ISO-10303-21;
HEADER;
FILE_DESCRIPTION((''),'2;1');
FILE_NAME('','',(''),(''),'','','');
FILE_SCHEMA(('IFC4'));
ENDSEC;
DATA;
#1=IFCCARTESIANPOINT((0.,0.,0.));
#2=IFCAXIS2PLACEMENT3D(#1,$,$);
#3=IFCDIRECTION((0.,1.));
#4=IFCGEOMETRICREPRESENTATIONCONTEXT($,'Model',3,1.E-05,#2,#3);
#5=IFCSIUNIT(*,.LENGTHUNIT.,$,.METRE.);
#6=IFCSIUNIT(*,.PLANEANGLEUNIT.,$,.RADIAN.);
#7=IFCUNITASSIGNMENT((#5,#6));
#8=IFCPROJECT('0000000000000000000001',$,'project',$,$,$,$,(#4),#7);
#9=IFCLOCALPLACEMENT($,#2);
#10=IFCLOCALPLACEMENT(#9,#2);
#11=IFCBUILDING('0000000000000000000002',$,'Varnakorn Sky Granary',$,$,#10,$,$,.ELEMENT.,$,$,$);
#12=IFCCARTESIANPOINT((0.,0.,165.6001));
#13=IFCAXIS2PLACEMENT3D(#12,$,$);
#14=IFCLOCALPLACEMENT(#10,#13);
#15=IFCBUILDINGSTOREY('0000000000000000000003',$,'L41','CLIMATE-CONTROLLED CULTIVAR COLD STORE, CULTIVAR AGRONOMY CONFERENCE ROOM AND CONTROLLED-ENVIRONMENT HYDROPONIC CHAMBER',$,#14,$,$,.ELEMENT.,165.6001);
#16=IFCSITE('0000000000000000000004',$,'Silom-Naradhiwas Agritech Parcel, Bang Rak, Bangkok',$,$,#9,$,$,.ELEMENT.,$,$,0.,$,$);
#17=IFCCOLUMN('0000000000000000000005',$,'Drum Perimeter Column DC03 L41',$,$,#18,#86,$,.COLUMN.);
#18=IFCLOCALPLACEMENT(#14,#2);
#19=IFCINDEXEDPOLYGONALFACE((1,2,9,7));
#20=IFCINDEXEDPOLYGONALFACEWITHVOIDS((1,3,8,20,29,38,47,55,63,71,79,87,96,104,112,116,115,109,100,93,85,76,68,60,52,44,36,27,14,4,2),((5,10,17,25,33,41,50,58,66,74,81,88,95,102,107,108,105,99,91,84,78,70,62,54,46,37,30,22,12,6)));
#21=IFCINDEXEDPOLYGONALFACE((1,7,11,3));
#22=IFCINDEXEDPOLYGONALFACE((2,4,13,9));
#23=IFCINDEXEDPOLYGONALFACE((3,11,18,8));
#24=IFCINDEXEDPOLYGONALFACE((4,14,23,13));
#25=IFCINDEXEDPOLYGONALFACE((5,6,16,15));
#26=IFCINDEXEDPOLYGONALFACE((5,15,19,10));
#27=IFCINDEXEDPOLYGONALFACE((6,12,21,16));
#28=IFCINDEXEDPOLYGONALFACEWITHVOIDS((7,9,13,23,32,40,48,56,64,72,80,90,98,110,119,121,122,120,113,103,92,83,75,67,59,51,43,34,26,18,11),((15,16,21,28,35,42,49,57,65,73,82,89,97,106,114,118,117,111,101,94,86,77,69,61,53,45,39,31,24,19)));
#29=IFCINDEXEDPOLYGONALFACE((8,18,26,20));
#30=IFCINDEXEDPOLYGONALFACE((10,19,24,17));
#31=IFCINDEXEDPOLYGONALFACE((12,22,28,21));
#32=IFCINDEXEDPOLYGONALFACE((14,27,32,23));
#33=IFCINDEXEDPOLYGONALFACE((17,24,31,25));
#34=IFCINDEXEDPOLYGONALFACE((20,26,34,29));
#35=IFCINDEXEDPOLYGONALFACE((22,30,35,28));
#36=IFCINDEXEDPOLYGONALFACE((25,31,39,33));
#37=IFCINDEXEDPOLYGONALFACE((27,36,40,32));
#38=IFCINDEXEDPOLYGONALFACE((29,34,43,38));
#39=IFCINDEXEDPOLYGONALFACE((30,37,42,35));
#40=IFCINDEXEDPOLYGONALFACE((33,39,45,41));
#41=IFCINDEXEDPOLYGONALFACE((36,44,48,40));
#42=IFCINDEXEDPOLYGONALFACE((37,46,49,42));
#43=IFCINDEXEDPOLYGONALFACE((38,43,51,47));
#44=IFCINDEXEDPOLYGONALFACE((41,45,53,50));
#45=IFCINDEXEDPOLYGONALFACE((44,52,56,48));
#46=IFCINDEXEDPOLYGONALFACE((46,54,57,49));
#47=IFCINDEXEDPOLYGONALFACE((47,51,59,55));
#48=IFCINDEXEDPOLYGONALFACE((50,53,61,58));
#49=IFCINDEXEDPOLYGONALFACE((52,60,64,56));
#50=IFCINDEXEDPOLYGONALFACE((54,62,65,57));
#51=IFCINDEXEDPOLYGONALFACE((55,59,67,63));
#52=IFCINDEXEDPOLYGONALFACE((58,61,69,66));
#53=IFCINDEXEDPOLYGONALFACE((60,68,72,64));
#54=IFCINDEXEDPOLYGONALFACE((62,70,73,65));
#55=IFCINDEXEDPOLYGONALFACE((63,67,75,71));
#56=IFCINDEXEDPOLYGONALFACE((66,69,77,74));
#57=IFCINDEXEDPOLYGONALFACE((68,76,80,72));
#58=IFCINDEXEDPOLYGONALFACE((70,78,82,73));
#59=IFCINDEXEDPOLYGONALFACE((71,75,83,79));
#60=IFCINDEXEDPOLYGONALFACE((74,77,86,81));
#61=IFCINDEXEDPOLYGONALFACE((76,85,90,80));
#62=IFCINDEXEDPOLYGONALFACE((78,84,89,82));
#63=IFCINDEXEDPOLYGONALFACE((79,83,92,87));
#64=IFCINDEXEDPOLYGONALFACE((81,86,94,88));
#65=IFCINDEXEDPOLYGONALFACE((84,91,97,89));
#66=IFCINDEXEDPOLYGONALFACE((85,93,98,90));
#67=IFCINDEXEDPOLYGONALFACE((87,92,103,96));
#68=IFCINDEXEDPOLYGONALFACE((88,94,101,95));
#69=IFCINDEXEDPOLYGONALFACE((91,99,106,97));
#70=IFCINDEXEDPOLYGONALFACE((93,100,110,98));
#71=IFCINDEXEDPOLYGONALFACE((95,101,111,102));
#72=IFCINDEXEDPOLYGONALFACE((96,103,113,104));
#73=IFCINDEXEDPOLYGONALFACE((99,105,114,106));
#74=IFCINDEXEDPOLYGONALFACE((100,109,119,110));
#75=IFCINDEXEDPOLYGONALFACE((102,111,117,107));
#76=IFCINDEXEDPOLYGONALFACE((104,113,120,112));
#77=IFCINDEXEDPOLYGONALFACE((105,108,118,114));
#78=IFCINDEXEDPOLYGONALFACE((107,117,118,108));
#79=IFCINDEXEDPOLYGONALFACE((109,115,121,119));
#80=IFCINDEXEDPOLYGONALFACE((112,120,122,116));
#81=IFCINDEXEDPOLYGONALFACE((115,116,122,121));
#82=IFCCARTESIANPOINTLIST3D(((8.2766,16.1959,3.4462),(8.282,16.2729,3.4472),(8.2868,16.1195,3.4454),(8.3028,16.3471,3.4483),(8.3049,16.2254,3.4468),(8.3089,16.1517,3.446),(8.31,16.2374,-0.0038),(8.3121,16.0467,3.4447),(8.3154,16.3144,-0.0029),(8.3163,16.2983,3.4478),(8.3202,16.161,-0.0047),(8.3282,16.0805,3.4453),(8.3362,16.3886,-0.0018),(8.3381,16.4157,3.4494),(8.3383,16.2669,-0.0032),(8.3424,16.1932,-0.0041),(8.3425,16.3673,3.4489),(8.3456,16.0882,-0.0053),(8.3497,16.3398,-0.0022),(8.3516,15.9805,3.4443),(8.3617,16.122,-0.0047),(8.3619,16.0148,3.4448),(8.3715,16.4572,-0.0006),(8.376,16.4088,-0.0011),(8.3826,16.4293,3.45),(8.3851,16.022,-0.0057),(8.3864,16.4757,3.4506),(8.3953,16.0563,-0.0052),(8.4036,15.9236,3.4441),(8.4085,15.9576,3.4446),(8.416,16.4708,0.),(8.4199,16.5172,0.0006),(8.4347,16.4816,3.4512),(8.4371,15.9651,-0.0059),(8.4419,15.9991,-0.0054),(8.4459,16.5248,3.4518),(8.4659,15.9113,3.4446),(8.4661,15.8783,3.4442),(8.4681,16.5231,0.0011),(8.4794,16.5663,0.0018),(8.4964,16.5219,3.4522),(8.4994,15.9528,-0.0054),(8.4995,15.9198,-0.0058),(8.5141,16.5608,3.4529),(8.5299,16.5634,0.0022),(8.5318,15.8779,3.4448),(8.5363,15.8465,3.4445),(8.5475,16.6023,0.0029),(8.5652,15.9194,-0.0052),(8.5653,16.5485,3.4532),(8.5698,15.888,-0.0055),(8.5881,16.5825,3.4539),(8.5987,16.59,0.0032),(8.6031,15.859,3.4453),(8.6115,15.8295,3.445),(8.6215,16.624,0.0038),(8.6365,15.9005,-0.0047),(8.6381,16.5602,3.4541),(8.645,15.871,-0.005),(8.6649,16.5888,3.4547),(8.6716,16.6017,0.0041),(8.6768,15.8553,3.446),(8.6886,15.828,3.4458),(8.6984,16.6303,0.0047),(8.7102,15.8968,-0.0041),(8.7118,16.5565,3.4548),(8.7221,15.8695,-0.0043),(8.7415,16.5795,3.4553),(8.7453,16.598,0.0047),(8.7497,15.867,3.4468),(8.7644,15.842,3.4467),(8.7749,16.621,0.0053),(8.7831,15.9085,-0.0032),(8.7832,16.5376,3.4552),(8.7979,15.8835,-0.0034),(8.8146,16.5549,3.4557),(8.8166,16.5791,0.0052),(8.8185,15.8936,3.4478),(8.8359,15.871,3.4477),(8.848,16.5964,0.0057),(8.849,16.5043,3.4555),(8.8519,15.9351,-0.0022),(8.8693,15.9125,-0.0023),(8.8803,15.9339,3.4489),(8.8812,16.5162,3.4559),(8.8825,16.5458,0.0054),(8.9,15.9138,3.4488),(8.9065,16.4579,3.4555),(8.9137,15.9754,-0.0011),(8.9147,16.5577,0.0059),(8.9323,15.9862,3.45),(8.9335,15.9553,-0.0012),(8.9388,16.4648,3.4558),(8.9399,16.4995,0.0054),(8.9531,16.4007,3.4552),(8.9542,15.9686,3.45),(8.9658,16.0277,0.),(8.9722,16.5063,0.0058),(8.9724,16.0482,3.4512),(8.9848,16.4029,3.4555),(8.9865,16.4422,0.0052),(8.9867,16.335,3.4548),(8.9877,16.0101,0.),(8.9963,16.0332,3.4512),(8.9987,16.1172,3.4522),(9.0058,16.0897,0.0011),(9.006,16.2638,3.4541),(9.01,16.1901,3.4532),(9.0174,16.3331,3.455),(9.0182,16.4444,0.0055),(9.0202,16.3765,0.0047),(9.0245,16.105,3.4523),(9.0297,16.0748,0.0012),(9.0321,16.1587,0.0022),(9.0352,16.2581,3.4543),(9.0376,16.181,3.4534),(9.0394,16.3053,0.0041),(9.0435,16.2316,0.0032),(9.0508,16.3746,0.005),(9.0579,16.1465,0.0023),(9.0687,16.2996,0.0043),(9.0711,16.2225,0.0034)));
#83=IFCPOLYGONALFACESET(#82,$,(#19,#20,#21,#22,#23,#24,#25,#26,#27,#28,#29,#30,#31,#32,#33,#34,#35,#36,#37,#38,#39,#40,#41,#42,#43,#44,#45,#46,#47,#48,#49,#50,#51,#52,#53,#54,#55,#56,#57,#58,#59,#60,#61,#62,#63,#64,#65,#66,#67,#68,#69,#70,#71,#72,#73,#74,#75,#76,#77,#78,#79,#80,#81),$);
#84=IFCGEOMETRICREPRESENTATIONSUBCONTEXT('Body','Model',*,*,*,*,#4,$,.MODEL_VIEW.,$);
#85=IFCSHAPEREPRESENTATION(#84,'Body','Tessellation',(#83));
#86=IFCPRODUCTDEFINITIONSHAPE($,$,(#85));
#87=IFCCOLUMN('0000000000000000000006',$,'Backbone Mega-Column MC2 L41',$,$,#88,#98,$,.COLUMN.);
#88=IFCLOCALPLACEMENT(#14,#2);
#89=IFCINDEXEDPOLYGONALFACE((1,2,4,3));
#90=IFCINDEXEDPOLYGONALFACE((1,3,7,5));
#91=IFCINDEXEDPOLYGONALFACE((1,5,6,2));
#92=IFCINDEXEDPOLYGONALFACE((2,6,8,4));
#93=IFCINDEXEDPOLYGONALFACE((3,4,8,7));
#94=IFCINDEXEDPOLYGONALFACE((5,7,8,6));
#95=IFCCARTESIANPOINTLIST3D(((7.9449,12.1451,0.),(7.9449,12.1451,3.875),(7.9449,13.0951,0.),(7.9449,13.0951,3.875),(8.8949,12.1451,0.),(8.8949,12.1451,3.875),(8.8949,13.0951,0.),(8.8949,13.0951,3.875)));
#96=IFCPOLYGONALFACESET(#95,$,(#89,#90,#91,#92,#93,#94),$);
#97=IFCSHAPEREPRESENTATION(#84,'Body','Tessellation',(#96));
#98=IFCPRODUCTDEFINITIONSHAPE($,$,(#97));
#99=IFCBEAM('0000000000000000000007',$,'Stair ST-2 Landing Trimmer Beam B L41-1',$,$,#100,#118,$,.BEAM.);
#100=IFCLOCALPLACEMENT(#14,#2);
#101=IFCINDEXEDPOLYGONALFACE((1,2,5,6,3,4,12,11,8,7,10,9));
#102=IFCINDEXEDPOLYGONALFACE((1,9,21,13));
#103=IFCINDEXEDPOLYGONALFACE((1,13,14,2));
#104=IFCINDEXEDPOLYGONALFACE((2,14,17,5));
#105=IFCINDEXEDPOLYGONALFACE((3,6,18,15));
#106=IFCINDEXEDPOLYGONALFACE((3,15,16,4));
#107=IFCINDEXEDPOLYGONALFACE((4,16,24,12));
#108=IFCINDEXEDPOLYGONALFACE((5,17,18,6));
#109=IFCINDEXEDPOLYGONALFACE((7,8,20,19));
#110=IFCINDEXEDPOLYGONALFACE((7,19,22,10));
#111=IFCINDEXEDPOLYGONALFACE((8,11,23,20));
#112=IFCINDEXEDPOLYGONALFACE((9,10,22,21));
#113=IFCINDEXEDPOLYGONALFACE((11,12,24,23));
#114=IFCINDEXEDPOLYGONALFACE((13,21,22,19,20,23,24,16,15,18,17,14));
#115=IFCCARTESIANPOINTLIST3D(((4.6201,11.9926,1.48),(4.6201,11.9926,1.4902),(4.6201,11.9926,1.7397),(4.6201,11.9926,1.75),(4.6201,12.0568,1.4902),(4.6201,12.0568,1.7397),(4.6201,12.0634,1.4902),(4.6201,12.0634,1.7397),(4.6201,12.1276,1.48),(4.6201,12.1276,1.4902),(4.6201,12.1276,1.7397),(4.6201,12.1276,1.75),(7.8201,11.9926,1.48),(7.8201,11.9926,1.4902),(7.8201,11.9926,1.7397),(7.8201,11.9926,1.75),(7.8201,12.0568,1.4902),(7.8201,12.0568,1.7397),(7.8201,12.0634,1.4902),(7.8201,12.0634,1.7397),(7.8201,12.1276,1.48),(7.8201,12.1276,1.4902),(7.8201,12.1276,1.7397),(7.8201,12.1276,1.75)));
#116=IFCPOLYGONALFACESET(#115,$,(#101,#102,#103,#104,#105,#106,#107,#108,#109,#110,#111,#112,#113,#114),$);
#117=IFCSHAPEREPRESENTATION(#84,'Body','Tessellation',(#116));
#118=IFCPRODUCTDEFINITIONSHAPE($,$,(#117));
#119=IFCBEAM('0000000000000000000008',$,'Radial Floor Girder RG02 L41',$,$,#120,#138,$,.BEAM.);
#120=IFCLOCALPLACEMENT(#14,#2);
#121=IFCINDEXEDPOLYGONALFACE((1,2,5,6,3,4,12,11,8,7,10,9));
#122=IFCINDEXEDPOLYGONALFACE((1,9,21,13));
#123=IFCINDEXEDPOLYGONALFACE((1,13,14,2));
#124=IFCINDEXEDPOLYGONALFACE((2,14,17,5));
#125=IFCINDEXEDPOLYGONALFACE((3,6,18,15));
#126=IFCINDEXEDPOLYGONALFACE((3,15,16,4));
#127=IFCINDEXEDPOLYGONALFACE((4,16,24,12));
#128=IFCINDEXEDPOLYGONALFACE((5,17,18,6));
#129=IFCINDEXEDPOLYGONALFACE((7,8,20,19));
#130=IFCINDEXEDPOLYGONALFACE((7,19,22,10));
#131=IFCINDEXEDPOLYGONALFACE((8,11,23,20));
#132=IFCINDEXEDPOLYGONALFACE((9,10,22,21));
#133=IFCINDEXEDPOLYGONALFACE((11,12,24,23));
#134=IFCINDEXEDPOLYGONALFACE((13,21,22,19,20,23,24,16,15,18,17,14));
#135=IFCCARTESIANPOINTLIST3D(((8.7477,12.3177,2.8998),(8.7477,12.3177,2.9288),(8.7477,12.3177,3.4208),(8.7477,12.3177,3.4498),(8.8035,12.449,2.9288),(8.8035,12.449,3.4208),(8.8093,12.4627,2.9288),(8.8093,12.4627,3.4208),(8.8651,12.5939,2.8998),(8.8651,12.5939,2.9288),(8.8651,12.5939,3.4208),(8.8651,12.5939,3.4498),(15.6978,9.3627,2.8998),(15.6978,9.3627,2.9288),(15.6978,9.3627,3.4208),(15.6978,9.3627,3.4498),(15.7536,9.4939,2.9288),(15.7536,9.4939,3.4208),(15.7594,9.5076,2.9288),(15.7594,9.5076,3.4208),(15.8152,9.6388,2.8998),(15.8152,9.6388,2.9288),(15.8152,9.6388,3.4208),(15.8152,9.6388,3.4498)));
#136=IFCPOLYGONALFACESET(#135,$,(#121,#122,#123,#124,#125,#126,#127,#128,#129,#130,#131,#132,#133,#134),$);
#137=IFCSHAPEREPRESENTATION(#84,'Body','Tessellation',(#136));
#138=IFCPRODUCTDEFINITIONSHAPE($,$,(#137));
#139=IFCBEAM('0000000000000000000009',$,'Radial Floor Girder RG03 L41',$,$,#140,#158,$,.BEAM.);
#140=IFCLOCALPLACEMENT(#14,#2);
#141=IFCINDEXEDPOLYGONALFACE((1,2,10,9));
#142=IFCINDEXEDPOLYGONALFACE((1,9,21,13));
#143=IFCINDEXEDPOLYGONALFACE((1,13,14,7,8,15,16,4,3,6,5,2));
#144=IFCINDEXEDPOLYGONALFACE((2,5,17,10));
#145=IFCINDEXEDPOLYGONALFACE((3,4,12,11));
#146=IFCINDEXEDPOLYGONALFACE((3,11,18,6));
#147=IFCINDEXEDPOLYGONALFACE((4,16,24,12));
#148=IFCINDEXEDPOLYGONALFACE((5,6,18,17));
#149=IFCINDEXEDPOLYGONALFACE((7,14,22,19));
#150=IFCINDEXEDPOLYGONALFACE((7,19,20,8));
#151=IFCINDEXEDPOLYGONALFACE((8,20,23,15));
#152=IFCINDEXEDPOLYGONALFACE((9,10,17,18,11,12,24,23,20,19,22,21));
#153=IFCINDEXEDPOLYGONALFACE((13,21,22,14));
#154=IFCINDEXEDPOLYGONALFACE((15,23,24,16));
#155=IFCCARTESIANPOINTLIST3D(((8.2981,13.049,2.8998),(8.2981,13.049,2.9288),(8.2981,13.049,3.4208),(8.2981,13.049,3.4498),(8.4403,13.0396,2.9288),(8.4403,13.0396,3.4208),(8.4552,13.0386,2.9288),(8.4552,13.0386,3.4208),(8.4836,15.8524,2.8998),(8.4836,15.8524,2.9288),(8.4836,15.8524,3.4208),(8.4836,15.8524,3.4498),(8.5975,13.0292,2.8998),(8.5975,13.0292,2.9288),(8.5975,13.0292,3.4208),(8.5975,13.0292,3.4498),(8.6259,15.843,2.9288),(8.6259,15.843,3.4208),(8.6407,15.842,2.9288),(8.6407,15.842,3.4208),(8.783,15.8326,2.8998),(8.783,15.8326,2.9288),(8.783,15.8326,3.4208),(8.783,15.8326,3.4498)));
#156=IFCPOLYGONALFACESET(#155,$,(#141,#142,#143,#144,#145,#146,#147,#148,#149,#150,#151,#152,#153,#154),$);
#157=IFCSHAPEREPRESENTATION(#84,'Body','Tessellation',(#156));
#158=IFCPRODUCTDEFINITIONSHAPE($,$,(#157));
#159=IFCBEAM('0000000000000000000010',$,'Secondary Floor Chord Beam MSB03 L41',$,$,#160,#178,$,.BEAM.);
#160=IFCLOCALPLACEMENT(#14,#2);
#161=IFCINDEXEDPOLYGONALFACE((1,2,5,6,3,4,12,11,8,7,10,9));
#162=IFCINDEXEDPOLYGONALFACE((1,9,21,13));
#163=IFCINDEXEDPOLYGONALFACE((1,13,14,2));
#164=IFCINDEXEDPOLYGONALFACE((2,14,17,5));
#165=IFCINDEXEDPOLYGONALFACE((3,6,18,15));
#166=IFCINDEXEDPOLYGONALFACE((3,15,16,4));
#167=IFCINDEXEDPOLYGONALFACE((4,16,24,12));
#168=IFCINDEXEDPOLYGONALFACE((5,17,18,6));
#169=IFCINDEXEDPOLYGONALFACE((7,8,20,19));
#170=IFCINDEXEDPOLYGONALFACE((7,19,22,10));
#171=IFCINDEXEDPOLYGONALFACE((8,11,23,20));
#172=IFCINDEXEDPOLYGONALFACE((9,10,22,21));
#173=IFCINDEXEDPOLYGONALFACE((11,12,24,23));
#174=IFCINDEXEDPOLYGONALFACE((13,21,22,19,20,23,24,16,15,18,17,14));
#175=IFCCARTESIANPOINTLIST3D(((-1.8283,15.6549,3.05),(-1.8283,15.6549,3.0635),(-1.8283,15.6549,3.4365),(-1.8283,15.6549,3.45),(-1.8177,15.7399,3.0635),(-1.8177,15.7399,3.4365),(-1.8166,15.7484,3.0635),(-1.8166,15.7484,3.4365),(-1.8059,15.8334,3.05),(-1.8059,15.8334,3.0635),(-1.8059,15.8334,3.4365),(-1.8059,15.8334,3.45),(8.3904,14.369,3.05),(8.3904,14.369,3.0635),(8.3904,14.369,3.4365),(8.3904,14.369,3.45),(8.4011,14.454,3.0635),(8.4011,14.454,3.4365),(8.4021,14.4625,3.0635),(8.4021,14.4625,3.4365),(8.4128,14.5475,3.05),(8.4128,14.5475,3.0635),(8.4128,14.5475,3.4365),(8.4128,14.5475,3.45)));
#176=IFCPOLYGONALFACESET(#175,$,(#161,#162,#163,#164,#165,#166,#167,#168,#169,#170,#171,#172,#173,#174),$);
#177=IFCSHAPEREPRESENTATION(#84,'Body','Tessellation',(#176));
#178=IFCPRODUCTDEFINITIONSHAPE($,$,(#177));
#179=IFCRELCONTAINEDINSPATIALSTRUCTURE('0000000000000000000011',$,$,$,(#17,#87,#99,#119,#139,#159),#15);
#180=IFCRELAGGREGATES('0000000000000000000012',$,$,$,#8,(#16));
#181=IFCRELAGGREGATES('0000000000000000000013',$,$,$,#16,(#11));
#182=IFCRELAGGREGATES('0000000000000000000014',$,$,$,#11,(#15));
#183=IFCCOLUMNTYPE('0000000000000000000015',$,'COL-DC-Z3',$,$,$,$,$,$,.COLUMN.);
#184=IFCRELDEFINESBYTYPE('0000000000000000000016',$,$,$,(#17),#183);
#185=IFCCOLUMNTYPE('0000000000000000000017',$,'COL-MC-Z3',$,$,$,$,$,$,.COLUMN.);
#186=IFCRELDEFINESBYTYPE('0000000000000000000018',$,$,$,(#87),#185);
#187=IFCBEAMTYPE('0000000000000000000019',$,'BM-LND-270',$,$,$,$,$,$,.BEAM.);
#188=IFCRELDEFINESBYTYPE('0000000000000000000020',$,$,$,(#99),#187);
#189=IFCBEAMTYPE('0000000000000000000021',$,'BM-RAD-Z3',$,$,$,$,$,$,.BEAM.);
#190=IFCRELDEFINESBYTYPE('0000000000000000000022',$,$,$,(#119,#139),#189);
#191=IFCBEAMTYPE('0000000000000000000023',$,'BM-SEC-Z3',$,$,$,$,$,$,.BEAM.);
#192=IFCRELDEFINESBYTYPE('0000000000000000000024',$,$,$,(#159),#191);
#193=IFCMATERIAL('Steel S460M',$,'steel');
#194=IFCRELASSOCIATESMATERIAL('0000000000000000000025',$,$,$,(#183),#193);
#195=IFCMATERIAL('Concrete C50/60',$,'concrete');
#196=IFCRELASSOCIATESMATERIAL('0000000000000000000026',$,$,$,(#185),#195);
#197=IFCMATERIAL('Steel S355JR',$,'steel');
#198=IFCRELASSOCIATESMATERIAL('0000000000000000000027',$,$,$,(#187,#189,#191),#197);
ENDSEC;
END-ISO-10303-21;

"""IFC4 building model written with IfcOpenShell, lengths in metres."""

from ifc_helpers import new_model, si_unit, direction, frame, origin, origin_2d, place, context, subcontext, project, spatial, rectangle, hollow_circle, i_section, extrude, material, material_profile, profile_set, type_object, element, save


model = new_model("IFC4")

# Units and contexts
model_context = context("Model", 3, precision=1e-05, world=origin(), true_north=direction((0.0, 1.0)))
body_context = subcontext(model_context, "Body", "Model", "MODEL_VIEW")
ifc_project = project(units=[si_unit("LENGTHUNIT", "METRE"), si_unit("PLANEANGLEUNIT", "RADIAN")], contexts=[model_context])

# Site, building, storey
site_placement = place(None, origin())
site = spatial("IfcSite", under=ifc_project, at=site_placement, Name="Silom-Naradhiwas Agritech Parcel, Bang Rak, Bangkok", CompositionType="ELEMENT", RefElevation=0.0)
building_placement = place(site_placement, origin())
building = spatial("IfcBuilding", under=site, at=building_placement, Name="Varnakorn Sky Granary", CompositionType="ELEMENT")
storey_placement = place(building_placement, frame((0.0, 0.0, 165.6001)))
storey = spatial("IfcBuildingStorey", under=building, at=storey_placement, Name="L41", Description="CLIMATE-CONTROLLED CULTIVAR COLD STORE, CULTIVAR AGRONOMY CONFERENCE ROOM AND CONTROLLED-ENVIRONMENT HYDROPONIC CHAMBER", CompositionType="ELEMENT", Elevation=165.6001)

# Columns
ifc_material_1 = material(Name="Steel S460M", Category="steel")
ifc_material_profile_1 = material_profile(ifc_material_1, hollow_circle(Radius=0.3811, WallThickness=0.0281, at=origin_2d()), Name="CHS 762x28")
ifc_profile_set_1 = profile_set([ifc_material_profile_1], Name="Steel S460M")
column_type_1 = type_object("IfcColumnType", Name="COL-DC-Z3", PredefinedType="COLUMN", material=ifc_profile_set_1)
column_1_placement = place(storey_placement, frame((8.6909, 16.2493, 0.0), z_axis=(-0.009694, -0.012029, 0.999881), x_axis=(0.77863, -0.627484, 0.0)))
element("IfcColumn", 1, at=column_1_placement, inside=storey, type_object=column_type_1, Name="Drum Perimeter Column DC03 L41", PredefinedType="COLUMN", context=body_context, shape_type="SweptSolid", body=[
    extrude(hollow_circle(Radius=0.3811, WallThickness=0.0281, at=origin_2d()), origin(), (0.0, 0.0, 1.0), 3.4504),
])
ifc_material_2 = material(Name="Concrete C50/60", Category="concrete")
ifc_material_profile_2 = material_profile(ifc_material_2, rectangle(XDim=0.95, YDim=0.95, at=origin_2d()), Name="RC 950x950")
ifc_profile_set_2 = profile_set([ifc_material_profile_2], Name="Concrete C50/60")
column_type_2 = type_object("IfcColumnType", Name="COL-MC-Z3", PredefinedType="COLUMN", material=ifc_profile_set_2)
column_2_placement = place(storey_placement, frame((8.4199, 12.6201, 0.0), z_axis=(0.0, 0.0, 1.0), x_axis=(1.0, 0.0, 0.0)))
element("IfcColumn", 2, at=column_2_placement, inside=storey, type_object=column_type_2, Name="Backbone Mega-Column MC2 L41", PredefinedType="COLUMN", context=body_context, shape_type="SweptSolid", body=[
    extrude(rectangle(XDim=0.95, YDim=0.95, at=origin_2d()), origin(), (0.0, 0.0, 1.0), 3.875),
])

# Beams
ifc_material_3 = material(Name="Steel S355JR", Category="steel")
ifc_material_profile_3 = material_profile(ifc_material_3, i_section(OverallWidth=0.135, OverallDepth=0.27, WebThickness=0.0066, FlangeThickness=0.0103, at=origin_2d()), Name="IPE 270")
ifc_profile_set_3 = profile_set([ifc_material_profile_3], Name="Steel S355JR")
beam_type_1 = type_object("IfcBeamType", Name="BM-LND-270", PredefinedType="BEAM", material=ifc_profile_set_3)
beam_1_placement = place(storey_placement, frame((4.6201, 12.0601, 1.615), z_axis=(1.0, 0.0, 0.0), x_axis=(0.0, 1.0, 0.0)))
element("IfcBeam", 3, at=beam_1_placement, inside=storey, type_object=beam_type_1, Name="Stair ST-2 Landing Trimmer Beam B L41-1", PredefinedType="BEAM", context=body_context, shape_type="SweptSolid", body=[
    extrude(i_section(OverallWidth=0.135, OverallDepth=0.27, WebThickness=0.0066, FlangeThickness=0.0103, at=origin_2d()), origin(), (0.0, 0.0, 1.0), 3.2),
])
ifc_material_profile_4 = material_profile(ifc_material_3, i_section(OverallWidth=0.3, OverallDepth=0.55, WebThickness=0.0149, FlangeThickness=0.0291, at=origin_2d()), Name="HE 550 B")
ifc_profile_set_4 = profile_set([ifc_material_profile_4], Name="Steel S355JR")
beam_type_2 = type_object("IfcBeamType", Name="BM-RAD-Z3", PredefinedType="BEAM", material=ifc_profile_set_4)
beam_2_placement = place(storey_placement, frame((8.8064, 12.4558, 3.1748), z_axis=(0.920272, -0.39128, 0.0), x_axis=(0.39128, 0.920272, 0.0)))
element("IfcBeam", 4, at=beam_2_placement, inside=storey, type_object=beam_type_2, Name="Radial Floor Girder RG02 L41", PredefinedType="BEAM", context=body_context, shape_type="SweptSolid", body=[
    extrude(i_section(OverallWidth=0.3, OverallDepth=0.55, WebThickness=0.0149, FlangeThickness=0.0291, at=origin_2d()), origin(), (0.0, 0.0, 1.0), 7.5522),
])
beam_3_placement = place(storey_placement, frame((8.4478, 13.0391, 3.1748), z_axis=(0.06604, 0.997817, 0.0), x_axis=(-0.997817, 0.06604, 0.0)))
element("IfcBeam", 5, at=beam_3_placement, inside=storey, type_object=beam_type_2, Name="Radial Floor Girder RG03 L41", PredefinedType="BEAM", context=body_context, shape_type="SweptSolid", body=[
    extrude(i_section(OverallWidth=0.3, OverallDepth=0.55, WebThickness=0.0149, FlangeThickness=0.0291, at=origin_2d()), origin(), (0.0, 0.0, 1.0), 2.8096),
])
ifc_material_profile_5 = material_profile(ifc_material_3, i_section(OverallWidth=0.1799, OverallDepth=0.3999, WebThickness=0.0085, FlangeThickness=0.0134, at=origin_2d()), Name="IPE 400")
ifc_profile_set_5 = profile_set([ifc_material_profile_5], Name="Steel S355JR")
beam_type_3 = type_object("IfcBeamType", Name="BM-SEC-Z3", PredefinedType="BEAM", material=ifc_profile_set_5)
beam_4_placement = place(storey_placement, frame((8.4016, 14.4583, 3.25), z_axis=(-0.992175, 0.124852, 0.0), x_axis=(-0.124852, -0.992175, 0.0)))
element("IfcBeam", 6, at=beam_4_placement, inside=storey, type_object=beam_type_3, Name="Secondary Floor Chord Beam MSB03 L41", PredefinedType="BEAM", context=body_context, shape_type="SweptSolid", body=[
    extrude(i_section(OverallWidth=0.1799, OverallDepth=0.3999, WebThickness=0.0085, FlangeThickness=0.0134, at=origin_2d()), origin(), (0.0, 0.0, 1.0), 10.2993),
])

save(model, "model.ifc")
